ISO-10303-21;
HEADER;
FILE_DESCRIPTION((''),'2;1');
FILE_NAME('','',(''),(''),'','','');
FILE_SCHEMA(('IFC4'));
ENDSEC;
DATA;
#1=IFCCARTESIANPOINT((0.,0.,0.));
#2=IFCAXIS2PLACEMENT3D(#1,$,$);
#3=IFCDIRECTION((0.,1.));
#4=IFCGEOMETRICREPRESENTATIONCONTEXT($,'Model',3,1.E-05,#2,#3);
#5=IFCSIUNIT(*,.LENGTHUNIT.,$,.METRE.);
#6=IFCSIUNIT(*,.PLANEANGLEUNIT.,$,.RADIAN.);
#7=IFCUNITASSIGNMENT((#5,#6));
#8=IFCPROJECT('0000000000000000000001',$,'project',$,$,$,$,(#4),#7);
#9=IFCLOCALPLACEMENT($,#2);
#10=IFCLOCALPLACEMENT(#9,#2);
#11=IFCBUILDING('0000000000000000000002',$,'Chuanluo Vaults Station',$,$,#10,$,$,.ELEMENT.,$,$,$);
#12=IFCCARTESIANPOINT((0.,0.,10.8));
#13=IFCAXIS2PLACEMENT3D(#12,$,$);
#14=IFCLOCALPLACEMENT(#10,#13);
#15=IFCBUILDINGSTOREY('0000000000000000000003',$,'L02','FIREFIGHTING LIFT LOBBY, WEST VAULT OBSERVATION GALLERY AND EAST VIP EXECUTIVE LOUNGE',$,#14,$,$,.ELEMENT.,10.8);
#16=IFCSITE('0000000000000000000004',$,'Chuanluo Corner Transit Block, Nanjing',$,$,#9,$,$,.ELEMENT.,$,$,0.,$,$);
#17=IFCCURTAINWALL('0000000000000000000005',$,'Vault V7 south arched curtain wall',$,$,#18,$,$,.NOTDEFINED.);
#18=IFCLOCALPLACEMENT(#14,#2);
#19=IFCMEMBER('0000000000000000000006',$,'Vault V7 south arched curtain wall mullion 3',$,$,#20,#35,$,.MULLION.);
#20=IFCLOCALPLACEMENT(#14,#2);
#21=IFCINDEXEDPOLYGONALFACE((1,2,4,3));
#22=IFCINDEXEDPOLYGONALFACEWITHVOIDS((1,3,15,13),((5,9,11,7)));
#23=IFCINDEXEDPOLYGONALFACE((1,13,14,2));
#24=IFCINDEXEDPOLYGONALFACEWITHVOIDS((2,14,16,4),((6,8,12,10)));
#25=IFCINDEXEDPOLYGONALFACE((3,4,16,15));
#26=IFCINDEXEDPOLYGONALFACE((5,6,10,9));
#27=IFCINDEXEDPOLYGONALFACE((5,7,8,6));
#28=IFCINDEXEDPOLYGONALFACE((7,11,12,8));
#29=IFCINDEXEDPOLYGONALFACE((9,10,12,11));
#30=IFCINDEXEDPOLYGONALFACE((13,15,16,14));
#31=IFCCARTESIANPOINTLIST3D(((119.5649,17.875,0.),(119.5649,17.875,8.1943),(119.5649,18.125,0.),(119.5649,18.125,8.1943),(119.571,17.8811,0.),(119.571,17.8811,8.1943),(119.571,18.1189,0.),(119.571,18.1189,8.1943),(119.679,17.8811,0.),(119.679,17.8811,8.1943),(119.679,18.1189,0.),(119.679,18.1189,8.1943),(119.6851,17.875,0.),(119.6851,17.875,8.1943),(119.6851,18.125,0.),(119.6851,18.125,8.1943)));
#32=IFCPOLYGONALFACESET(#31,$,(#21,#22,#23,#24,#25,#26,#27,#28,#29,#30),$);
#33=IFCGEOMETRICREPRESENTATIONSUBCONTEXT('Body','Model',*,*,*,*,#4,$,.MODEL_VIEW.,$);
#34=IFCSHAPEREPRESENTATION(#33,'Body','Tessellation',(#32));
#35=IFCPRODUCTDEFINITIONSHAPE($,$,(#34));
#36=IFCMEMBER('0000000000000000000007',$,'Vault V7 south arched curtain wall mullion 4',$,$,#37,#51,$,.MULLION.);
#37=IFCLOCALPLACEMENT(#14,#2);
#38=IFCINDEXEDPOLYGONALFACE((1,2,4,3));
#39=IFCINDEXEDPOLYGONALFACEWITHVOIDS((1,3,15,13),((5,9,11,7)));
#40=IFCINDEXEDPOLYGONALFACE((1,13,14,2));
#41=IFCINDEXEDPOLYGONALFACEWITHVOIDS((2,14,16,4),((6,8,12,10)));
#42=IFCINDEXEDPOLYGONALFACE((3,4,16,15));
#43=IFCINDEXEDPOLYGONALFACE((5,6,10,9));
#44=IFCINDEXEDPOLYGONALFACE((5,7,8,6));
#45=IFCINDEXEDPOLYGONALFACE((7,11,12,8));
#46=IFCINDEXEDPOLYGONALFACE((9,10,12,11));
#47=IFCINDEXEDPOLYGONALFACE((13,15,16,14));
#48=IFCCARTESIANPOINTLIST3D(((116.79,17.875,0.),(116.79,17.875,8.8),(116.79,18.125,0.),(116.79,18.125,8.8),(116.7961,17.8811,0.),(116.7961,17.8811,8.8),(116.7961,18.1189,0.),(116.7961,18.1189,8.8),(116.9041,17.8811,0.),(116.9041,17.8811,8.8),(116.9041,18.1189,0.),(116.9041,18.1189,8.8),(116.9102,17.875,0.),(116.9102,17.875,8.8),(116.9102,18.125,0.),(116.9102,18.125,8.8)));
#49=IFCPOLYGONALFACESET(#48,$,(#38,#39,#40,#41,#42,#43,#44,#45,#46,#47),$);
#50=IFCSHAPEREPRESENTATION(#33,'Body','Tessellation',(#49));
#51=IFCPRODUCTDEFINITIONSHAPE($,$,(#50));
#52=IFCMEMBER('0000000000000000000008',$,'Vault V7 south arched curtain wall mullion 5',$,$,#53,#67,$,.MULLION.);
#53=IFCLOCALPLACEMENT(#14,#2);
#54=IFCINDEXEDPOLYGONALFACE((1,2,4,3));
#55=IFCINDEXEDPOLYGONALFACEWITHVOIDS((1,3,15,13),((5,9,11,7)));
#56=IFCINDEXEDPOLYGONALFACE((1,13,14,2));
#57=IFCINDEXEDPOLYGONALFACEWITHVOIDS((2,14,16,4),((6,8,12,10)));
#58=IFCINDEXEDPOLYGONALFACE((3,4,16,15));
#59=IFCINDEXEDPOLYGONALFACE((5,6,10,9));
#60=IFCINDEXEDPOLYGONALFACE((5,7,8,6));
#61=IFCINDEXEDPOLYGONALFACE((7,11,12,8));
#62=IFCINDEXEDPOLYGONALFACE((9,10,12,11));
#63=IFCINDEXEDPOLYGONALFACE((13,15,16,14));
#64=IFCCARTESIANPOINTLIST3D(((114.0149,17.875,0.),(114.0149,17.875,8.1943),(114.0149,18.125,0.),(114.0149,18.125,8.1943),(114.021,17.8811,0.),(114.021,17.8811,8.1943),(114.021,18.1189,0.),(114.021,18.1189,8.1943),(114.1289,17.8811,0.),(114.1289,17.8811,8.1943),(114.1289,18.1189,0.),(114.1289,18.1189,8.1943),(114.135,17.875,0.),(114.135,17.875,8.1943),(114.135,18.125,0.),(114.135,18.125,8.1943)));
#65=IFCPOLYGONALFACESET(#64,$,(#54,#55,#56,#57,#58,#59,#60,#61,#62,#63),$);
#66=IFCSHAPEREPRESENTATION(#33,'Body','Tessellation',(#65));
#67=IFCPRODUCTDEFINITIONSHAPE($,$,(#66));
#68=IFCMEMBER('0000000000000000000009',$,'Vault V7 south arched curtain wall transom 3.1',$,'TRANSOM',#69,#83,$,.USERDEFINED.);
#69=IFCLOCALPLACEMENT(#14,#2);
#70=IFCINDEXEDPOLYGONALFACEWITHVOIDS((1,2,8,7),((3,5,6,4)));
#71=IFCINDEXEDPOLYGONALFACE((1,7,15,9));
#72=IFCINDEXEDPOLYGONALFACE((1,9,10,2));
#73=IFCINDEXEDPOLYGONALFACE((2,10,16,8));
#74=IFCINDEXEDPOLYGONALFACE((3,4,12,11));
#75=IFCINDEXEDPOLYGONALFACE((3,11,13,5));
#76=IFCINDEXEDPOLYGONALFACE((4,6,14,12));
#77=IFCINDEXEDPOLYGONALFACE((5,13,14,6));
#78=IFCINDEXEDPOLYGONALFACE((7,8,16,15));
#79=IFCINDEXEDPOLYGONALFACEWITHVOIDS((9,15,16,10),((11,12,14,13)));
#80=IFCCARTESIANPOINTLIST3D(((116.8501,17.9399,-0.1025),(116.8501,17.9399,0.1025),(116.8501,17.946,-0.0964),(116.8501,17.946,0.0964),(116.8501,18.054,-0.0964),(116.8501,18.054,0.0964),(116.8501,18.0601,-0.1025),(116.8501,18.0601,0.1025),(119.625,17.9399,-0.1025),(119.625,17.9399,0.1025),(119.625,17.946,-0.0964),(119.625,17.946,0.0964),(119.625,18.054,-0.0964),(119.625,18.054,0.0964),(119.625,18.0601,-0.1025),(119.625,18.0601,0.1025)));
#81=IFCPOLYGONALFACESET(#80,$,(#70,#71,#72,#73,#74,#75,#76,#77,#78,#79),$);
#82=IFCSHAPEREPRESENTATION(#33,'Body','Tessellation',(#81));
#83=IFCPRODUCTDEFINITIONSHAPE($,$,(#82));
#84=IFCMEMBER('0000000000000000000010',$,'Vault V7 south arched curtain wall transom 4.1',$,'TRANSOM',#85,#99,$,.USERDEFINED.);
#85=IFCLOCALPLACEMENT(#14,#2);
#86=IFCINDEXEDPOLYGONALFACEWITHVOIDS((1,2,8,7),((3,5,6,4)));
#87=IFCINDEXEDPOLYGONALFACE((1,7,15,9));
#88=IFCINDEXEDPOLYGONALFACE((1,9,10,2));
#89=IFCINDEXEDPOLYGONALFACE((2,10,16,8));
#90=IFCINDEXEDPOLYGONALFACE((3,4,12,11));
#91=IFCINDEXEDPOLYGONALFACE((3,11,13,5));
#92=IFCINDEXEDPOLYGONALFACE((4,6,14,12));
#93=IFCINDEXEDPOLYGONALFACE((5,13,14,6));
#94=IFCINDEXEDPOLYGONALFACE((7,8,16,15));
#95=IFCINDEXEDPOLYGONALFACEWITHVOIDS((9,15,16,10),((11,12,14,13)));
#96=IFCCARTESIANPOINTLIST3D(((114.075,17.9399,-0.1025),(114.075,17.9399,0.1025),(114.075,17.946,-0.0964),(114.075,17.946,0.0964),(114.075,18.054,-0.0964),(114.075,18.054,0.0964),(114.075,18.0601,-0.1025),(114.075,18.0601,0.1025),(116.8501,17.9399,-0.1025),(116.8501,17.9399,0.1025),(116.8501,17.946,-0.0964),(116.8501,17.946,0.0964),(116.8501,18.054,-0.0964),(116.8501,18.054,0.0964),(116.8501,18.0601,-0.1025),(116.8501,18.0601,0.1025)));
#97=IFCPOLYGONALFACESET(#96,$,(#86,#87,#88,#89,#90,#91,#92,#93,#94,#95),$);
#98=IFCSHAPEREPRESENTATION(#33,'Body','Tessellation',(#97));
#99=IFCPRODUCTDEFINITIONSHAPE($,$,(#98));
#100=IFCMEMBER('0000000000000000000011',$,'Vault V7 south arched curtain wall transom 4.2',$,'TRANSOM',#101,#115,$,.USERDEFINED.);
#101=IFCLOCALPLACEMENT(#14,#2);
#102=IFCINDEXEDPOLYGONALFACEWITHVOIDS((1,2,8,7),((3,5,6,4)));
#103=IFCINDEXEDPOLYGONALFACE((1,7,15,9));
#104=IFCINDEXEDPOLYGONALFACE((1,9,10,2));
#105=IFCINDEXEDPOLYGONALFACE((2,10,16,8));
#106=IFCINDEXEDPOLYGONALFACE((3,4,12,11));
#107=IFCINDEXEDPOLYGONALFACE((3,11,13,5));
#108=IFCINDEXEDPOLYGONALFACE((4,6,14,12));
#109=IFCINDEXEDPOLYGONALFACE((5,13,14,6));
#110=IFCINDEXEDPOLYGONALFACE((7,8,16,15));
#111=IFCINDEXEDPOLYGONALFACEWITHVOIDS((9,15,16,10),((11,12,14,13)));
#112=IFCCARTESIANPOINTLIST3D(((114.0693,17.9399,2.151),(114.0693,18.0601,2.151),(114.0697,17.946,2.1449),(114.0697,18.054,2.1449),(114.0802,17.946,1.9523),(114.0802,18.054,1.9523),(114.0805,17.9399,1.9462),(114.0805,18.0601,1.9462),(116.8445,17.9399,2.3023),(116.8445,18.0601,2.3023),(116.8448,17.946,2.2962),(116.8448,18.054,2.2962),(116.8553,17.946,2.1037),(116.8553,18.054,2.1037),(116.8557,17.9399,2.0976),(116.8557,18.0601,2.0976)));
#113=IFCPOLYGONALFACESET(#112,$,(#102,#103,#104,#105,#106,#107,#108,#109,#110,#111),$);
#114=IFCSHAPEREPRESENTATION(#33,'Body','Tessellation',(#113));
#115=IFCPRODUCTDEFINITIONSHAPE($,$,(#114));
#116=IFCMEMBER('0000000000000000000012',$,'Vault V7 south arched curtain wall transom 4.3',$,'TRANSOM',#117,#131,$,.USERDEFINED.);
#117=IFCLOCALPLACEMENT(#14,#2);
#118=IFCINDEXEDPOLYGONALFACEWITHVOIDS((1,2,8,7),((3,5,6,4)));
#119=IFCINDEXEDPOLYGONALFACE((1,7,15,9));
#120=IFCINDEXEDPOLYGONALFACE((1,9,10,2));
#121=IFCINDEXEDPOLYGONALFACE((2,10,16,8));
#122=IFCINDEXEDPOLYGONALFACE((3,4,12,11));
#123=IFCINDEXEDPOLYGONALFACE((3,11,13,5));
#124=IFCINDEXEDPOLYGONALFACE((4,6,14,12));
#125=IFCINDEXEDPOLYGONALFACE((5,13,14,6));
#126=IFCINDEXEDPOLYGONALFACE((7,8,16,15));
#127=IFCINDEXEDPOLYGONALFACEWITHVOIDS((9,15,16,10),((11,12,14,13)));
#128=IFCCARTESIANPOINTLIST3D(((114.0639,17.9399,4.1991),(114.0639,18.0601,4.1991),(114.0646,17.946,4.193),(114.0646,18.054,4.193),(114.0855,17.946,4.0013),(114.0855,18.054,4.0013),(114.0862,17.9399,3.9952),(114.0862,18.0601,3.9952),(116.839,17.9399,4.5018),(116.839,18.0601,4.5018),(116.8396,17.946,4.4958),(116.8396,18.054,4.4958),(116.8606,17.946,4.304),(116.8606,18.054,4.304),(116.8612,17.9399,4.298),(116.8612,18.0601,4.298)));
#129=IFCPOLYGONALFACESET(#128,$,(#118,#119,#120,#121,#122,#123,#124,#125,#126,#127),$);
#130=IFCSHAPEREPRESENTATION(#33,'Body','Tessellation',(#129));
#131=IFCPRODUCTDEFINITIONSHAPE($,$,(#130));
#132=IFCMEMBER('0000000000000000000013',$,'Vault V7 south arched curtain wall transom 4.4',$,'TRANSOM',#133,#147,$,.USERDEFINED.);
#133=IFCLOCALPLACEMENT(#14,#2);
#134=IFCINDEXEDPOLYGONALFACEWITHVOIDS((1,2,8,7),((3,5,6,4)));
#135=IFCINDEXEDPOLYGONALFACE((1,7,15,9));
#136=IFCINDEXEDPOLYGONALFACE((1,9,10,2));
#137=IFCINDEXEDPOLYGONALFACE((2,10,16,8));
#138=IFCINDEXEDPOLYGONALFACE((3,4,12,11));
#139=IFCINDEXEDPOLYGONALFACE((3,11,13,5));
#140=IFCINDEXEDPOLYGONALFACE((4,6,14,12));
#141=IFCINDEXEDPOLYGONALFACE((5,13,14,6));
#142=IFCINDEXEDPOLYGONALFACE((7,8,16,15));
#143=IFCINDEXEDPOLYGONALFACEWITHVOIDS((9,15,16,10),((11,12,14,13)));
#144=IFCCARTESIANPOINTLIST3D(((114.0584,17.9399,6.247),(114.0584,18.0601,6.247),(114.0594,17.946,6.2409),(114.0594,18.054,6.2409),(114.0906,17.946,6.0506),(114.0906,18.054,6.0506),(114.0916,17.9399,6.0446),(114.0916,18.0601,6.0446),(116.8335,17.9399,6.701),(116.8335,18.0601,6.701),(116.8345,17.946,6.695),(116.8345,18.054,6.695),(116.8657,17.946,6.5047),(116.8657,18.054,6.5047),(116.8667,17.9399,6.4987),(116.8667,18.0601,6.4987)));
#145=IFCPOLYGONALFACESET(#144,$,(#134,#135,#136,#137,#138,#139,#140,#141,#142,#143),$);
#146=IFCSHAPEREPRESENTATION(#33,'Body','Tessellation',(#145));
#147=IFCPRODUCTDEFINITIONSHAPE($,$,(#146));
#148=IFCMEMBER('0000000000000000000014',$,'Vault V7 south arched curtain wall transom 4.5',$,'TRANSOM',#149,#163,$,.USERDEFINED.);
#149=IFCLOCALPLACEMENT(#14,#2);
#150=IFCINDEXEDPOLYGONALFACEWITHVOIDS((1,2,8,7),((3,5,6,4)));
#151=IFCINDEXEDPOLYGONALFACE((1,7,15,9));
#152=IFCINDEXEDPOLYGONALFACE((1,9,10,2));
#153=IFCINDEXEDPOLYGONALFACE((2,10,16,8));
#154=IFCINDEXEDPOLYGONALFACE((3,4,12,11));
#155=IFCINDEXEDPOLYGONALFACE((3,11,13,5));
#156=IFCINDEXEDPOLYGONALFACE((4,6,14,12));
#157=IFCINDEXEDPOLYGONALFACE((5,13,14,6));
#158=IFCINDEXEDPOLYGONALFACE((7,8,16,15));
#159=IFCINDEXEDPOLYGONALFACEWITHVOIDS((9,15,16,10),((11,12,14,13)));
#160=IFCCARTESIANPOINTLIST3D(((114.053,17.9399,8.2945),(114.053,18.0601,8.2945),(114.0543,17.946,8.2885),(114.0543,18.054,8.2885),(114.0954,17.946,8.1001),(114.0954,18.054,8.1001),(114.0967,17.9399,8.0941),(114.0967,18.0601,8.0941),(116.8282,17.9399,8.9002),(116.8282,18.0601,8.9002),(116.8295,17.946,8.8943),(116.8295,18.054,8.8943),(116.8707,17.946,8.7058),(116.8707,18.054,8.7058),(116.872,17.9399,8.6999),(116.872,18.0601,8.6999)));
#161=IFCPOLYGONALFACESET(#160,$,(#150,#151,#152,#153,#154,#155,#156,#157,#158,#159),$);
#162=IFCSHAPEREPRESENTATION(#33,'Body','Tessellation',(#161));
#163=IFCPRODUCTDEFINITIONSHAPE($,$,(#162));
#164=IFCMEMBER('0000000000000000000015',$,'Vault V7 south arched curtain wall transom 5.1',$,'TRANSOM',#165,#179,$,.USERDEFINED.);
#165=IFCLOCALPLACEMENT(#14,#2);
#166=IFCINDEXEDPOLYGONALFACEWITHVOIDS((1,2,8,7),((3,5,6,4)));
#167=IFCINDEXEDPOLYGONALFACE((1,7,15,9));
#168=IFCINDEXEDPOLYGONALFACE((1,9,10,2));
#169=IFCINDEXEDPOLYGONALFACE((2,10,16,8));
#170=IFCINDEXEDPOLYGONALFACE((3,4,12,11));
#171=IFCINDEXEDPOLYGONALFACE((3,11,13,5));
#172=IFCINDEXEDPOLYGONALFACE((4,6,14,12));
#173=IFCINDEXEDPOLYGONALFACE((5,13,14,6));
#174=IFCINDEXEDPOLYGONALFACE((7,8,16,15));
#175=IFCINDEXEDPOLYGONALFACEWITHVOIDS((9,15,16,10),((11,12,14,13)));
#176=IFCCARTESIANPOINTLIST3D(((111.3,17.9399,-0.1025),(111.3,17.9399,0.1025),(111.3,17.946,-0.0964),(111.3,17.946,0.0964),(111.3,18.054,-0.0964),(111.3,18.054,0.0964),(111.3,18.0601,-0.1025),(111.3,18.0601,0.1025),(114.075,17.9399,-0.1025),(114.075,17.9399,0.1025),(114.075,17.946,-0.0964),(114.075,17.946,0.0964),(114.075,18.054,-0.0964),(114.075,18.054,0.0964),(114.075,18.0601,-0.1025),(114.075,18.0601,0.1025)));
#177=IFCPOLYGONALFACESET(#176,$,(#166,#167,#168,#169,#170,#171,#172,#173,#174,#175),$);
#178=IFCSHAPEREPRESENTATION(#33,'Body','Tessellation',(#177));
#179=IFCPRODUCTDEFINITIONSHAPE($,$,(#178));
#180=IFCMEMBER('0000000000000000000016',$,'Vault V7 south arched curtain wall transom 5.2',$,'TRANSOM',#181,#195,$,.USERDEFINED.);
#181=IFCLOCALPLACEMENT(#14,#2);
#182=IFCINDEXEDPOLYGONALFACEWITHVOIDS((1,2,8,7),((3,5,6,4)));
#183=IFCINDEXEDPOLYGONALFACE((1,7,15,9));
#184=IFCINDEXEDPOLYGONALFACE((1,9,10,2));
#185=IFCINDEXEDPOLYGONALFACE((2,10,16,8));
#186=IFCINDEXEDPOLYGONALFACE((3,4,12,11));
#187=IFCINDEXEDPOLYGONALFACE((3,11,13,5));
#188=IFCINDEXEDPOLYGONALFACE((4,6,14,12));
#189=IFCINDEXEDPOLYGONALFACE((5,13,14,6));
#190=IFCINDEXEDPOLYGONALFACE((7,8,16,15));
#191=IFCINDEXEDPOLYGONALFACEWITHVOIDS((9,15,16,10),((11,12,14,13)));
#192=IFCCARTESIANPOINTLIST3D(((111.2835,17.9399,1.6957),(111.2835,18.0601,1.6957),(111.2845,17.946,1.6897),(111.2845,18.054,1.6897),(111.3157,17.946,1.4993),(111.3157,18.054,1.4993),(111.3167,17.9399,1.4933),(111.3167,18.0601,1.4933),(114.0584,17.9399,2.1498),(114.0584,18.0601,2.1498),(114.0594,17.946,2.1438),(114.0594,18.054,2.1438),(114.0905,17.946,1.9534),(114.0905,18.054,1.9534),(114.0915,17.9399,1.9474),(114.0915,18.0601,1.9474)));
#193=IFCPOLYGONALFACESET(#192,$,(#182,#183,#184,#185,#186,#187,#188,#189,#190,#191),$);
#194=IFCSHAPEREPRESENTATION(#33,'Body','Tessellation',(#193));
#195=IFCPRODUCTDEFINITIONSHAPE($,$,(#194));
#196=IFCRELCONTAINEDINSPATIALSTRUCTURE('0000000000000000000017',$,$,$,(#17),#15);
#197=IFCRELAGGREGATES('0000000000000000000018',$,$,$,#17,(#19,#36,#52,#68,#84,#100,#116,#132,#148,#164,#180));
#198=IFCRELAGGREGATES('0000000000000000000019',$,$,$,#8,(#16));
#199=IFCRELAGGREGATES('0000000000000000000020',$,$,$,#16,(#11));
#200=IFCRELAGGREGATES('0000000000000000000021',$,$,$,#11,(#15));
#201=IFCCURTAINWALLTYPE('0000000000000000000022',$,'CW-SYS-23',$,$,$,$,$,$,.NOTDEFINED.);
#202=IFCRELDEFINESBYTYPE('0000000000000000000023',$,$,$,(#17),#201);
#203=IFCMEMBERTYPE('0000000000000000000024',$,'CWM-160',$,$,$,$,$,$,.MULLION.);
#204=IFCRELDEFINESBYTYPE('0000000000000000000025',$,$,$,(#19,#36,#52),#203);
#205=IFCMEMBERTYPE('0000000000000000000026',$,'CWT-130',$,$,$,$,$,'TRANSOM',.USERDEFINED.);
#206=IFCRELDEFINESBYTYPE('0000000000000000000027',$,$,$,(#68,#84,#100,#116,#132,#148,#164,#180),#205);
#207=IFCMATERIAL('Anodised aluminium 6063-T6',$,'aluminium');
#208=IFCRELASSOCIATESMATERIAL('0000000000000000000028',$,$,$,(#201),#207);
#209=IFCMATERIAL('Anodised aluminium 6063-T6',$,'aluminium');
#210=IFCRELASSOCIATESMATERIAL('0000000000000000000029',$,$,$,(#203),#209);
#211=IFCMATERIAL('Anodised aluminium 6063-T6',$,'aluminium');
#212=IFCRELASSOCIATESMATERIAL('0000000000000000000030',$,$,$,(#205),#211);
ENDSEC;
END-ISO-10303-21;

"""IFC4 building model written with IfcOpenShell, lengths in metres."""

from ifc_helpers import new_model, si_unit, direction, frame, origin, origin_2d, place, context, subcontext, project, spatial, hollow_rectangle, extrude, material, material_profile, profile_set, type_object, element, aggregate, save


model = new_model("IFC4")

# Units and contexts
model_context = context("Model", 3, precision=1e-05, world=origin(), true_north=direction((0.0, 1.0)))
body_context = subcontext(model_context, "Body", "Model", "MODEL_VIEW")
ifc_project = project(units=[si_unit("LENGTHUNIT", "METRE"), si_unit("PLANEANGLEUNIT", "RADIAN")], contexts=[model_context])

# Site, building, storey
site_placement = place(None, origin())
site = spatial("IfcSite", under=ifc_project, at=site_placement, Name="Chuanluo Corner Transit Block, Nanjing", CompositionType="ELEMENT", RefElevation=0.0)
building_placement = place(site_placement, origin())
building = spatial("IfcBuilding", under=site, at=building_placement, Name="Chuanluo Vaults Station", CompositionType="ELEMENT")
storey_placement = place(building_placement, frame((0.0, 0.0, 10.8)))
storey = spatial("IfcBuildingStorey", under=building, at=storey_placement, Name="L02", Description="FIREFIGHTING LIFT LOBBY, WEST VAULT OBSERVATION GALLERY AND EAST VIP EXECUTIVE LOUNGE", CompositionType="ELEMENT", Elevation=10.8)

# Curtain wall, members
ifc_material_1 = material(Name="Anodised aluminium 6063-T6", Category="aluminium")
curtain_wall_type = type_object("IfcCurtainWallType", Name="CW-SYS-23", PredefinedType="NOTDEFINED", material=ifc_material_1)
curtain_wall_placement = place(storey_placement, origin())
curtain_wall = element("IfcCurtainWall", 1, at=curtain_wall_placement, inside=storey, type_object=curtain_wall_type, Name="Vault V7 south arched curtain wall", PredefinedType="NOTDEFINED")
ifc_material_2 = material(Name="Anodised aluminium 6063-T6", Category="aluminium")
ifc_material_profile_1 = material_profile(ifc_material_2, hollow_rectangle(XDim=0.1201, YDim=0.25, WallThickness=0.0061, at=origin_2d()))
ifc_profile_set_1 = profile_set([ifc_material_profile_1], Name="Anodised aluminium 6063-T6")
member_type_1 = type_object("IfcMemberType", Name="CWM-160", PredefinedType="MULLION", material=ifc_profile_set_1)
member_1_placement = place(storey_placement, frame((119.625, 18.0, 0.0), z_axis=(0.0, 0.0, 1.0), x_axis=(-1.0, 0.0, 0.0)))
member_1 = element("IfcMember", 2, at=member_1_placement, type_object=member_type_1, Name="Vault V7 south arched curtain wall mullion 3", PredefinedType="MULLION", context=body_context, shape_type="SweptSolid", body=[
    extrude(hollow_rectangle(XDim=0.1201, YDim=0.25, WallThickness=0.0061, at=origin_2d()), origin(), (0.0, 0.0, 1.0), 8.1943),
])
member_2_placement = place(storey_placement, frame((116.8501, 18.0, 0.0), z_axis=(0.0, 0.0, 1.0), x_axis=(-1.0, 0.0, 0.0)))
member_2 = element("IfcMember", 3, at=member_2_placement, type_object=member_type_1, Name="Vault V7 south arched curtain wall mullion 4", PredefinedType="MULLION", context=body_context, shape_type="SweptSolid", body=[
    extrude(hollow_rectangle(XDim=0.1201, YDim=0.25, WallThickness=0.0061, at=origin_2d()), origin(), (0.0, 0.0, 1.0), 8.8),
])
member_3_placement = place(storey_placement, frame((114.075, 18.0, 0.0), z_axis=(0.0, 0.0, 1.0), x_axis=(-1.0, 0.0, 0.0)))
member_3 = element("IfcMember", 4, at=member_3_placement, type_object=member_type_1, Name="Vault V7 south arched curtain wall mullion 5", PredefinedType="MULLION", context=body_context, shape_type="SweptSolid", body=[
    extrude(hollow_rectangle(XDim=0.1201, YDim=0.25, WallThickness=0.0061, at=origin_2d()), origin(), (0.0, 0.0, 1.0), 8.1943),
])
ifc_material_3 = material(Name="Anodised aluminium 6063-T6", Category="aluminium")
ifc_material_profile_2 = material_profile(ifc_material_3, hollow_rectangle(XDim=0.1201, YDim=0.2051, WallThickness=0.0061, at=origin_2d()))
ifc_profile_set_2 = profile_set([ifc_material_profile_2], Name="Anodised aluminium 6063-T6")
member_type_2 = type_object("IfcMemberType", Name="CWT-130", ElementType="TRANSOM", PredefinedType="USERDEFINED", material=ifc_profile_set_2)
member_4_placement = place(storey_placement, frame((119.625, 18.0, 0.0), z_axis=(-1.0, 0.0, 0.0), x_axis=(0.0, -1.0, 0.0)))
member_4 = element("IfcMember", 5, at=member_4_placement, type_object=member_type_2, Name="Vault V7 south arched curtain wall transom 3.1", ObjectType="TRANSOM", PredefinedType="USERDEFINED", context=body_context, shape_type="SweptSolid", body=[
    extrude(hollow_rectangle(XDim=0.1201, YDim=0.2051, WallThickness=0.0061, at=origin_2d()), origin(), (0.0, 0.0, 1.0), 2.7749),
])
member_5_placement = place(storey_placement, frame((116.8501, 18.0, 0.0), z_axis=(-1.0, 0.0, 0.0), x_axis=(0.0, -1.0, 0.0)))
member_5 = element("IfcMember", 6, at=member_5_placement, type_object=member_type_2, Name="Vault V7 south arched curtain wall transom 4.1", ObjectType="TRANSOM", PredefinedType="USERDEFINED", context=body_context, shape_type="SweptSolid", body=[
    extrude(hollow_rectangle(XDim=0.1201, YDim=0.2051, WallThickness=0.0061, at=origin_2d()), origin(), (0.0, 0.0, 1.0), 2.7751),
])
member_6_placement = place(storey_placement, frame((116.8501, 18.0, 2.2), z_axis=(-0.998516, 0.0, -0.054463), x_axis=(0.0, -1.0, 0.0)))
member_6 = element("IfcMember", 7, at=member_6_placement, type_object=member_type_2, Name="Vault V7 south arched curtain wall transom 4.2", ObjectType="TRANSOM", PredefinedType="USERDEFINED", context=body_context, shape_type="SweptSolid", body=[
    extrude(hollow_rectangle(XDim=0.1201, YDim=0.2051, WallThickness=0.0061, at=origin_2d()), origin(), (0.0, 0.0, 1.0), 2.7793),
])
member_7_placement = place(storey_placement, frame((116.8501, 18.0, 4.3999), z_axis=(-0.994103, 0.0, -0.108444), x_axis=(0.0, -1.0, 0.0)))
member_7 = element("IfcMember", 8, at=member_7_placement, type_object=member_type_2, Name="Vault V7 south arched curtain wall transom 4.3", ObjectType="TRANSOM", PredefinedType="USERDEFINED", context=body_context, shape_type="SweptSolid", body=[
    extrude(hollow_rectangle(XDim=0.1201, YDim=0.2051, WallThickness=0.0061, at=origin_2d()), origin(), (0.0, 0.0, 1.0), 2.7915),
])
member_8_placement = place(storey_placement, frame((116.8501, 18.0, 6.5999), z_axis=(-0.986875, 0.0, -0.161484), x_axis=(0.0, -1.0, 0.0)))
member_8 = element("IfcMember", 9, at=member_8_placement, type_object=member_type_2, Name="Vault V7 south arched curtain wall transom 4.4", ObjectType="TRANSOM", PredefinedType="USERDEFINED", context=body_context, shape_type="SweptSolid", body=[
    extrude(hollow_rectangle(XDim=0.1201, YDim=0.2051, WallThickness=0.0061, at=origin_2d()), origin(), (0.0, 0.0, 1.0), 2.812),
])
member_9_placement = place(storey_placement, frame((116.8501, 18.0, 8.8), z_axis=(-0.976999, 0.0, -0.213243), x_axis=(0.0, -1.0, 0.0)))
member_9 = element("IfcMember", 10, at=member_9_placement, type_object=member_type_2, Name="Vault V7 south arched curtain wall transom 4.5", ObjectType="TRANSOM", PredefinedType="USERDEFINED", context=body_context, shape_type="SweptSolid", body=[
    extrude(hollow_rectangle(XDim=0.1201, YDim=0.2051, WallThickness=0.0061, at=origin_2d()), origin(), (0.0, 0.0, 1.0), 2.8406),
])
member_10_placement = place(storey_placement, frame((114.075, 18.0, 0.0), z_axis=(-1.0, 0.0, 0.0), x_axis=(0.0, -1.0, 0.0)))
member_10 = element("IfcMember", 11, at=member_10_placement, type_object=member_type_2, Name="Vault V7 south arched curtain wall transom 5.1", ObjectType="TRANSOM", PredefinedType="USERDEFINED", context=body_context, shape_type="SweptSolid", body=[
    extrude(hollow_rectangle(XDim=0.1201, YDim=0.2051, WallThickness=0.0061, at=origin_2d()), origin(), (0.0, 0.0, 1.0), 2.7749),
])
member_11_placement = place(storey_placement, frame((114.075, 18.0, 2.0486), z_axis=(-0.986873, 0.0, -0.161498), x_axis=(0.0, -1.0, 0.0)))
member_11 = element("IfcMember", 12, at=member_11_placement, type_object=member_type_2, Name="Vault V7 south arched curtain wall transom 5.2", ObjectType="TRANSOM", PredefinedType="USERDEFINED", context=body_context, shape_type="SweptSolid", body=[
    extrude(hollow_rectangle(XDim=0.1201, YDim=0.2051, WallThickness=0.0061, at=origin_2d()), origin(), (0.0, 0.0, 1.0), 2.8118),
])
aggregate(curtain_wall, [member_1, member_2, member_3, member_4, member_5, member_6, member_7, member_8, member_9, member_10, member_11])

save(model, "model.ifc")
